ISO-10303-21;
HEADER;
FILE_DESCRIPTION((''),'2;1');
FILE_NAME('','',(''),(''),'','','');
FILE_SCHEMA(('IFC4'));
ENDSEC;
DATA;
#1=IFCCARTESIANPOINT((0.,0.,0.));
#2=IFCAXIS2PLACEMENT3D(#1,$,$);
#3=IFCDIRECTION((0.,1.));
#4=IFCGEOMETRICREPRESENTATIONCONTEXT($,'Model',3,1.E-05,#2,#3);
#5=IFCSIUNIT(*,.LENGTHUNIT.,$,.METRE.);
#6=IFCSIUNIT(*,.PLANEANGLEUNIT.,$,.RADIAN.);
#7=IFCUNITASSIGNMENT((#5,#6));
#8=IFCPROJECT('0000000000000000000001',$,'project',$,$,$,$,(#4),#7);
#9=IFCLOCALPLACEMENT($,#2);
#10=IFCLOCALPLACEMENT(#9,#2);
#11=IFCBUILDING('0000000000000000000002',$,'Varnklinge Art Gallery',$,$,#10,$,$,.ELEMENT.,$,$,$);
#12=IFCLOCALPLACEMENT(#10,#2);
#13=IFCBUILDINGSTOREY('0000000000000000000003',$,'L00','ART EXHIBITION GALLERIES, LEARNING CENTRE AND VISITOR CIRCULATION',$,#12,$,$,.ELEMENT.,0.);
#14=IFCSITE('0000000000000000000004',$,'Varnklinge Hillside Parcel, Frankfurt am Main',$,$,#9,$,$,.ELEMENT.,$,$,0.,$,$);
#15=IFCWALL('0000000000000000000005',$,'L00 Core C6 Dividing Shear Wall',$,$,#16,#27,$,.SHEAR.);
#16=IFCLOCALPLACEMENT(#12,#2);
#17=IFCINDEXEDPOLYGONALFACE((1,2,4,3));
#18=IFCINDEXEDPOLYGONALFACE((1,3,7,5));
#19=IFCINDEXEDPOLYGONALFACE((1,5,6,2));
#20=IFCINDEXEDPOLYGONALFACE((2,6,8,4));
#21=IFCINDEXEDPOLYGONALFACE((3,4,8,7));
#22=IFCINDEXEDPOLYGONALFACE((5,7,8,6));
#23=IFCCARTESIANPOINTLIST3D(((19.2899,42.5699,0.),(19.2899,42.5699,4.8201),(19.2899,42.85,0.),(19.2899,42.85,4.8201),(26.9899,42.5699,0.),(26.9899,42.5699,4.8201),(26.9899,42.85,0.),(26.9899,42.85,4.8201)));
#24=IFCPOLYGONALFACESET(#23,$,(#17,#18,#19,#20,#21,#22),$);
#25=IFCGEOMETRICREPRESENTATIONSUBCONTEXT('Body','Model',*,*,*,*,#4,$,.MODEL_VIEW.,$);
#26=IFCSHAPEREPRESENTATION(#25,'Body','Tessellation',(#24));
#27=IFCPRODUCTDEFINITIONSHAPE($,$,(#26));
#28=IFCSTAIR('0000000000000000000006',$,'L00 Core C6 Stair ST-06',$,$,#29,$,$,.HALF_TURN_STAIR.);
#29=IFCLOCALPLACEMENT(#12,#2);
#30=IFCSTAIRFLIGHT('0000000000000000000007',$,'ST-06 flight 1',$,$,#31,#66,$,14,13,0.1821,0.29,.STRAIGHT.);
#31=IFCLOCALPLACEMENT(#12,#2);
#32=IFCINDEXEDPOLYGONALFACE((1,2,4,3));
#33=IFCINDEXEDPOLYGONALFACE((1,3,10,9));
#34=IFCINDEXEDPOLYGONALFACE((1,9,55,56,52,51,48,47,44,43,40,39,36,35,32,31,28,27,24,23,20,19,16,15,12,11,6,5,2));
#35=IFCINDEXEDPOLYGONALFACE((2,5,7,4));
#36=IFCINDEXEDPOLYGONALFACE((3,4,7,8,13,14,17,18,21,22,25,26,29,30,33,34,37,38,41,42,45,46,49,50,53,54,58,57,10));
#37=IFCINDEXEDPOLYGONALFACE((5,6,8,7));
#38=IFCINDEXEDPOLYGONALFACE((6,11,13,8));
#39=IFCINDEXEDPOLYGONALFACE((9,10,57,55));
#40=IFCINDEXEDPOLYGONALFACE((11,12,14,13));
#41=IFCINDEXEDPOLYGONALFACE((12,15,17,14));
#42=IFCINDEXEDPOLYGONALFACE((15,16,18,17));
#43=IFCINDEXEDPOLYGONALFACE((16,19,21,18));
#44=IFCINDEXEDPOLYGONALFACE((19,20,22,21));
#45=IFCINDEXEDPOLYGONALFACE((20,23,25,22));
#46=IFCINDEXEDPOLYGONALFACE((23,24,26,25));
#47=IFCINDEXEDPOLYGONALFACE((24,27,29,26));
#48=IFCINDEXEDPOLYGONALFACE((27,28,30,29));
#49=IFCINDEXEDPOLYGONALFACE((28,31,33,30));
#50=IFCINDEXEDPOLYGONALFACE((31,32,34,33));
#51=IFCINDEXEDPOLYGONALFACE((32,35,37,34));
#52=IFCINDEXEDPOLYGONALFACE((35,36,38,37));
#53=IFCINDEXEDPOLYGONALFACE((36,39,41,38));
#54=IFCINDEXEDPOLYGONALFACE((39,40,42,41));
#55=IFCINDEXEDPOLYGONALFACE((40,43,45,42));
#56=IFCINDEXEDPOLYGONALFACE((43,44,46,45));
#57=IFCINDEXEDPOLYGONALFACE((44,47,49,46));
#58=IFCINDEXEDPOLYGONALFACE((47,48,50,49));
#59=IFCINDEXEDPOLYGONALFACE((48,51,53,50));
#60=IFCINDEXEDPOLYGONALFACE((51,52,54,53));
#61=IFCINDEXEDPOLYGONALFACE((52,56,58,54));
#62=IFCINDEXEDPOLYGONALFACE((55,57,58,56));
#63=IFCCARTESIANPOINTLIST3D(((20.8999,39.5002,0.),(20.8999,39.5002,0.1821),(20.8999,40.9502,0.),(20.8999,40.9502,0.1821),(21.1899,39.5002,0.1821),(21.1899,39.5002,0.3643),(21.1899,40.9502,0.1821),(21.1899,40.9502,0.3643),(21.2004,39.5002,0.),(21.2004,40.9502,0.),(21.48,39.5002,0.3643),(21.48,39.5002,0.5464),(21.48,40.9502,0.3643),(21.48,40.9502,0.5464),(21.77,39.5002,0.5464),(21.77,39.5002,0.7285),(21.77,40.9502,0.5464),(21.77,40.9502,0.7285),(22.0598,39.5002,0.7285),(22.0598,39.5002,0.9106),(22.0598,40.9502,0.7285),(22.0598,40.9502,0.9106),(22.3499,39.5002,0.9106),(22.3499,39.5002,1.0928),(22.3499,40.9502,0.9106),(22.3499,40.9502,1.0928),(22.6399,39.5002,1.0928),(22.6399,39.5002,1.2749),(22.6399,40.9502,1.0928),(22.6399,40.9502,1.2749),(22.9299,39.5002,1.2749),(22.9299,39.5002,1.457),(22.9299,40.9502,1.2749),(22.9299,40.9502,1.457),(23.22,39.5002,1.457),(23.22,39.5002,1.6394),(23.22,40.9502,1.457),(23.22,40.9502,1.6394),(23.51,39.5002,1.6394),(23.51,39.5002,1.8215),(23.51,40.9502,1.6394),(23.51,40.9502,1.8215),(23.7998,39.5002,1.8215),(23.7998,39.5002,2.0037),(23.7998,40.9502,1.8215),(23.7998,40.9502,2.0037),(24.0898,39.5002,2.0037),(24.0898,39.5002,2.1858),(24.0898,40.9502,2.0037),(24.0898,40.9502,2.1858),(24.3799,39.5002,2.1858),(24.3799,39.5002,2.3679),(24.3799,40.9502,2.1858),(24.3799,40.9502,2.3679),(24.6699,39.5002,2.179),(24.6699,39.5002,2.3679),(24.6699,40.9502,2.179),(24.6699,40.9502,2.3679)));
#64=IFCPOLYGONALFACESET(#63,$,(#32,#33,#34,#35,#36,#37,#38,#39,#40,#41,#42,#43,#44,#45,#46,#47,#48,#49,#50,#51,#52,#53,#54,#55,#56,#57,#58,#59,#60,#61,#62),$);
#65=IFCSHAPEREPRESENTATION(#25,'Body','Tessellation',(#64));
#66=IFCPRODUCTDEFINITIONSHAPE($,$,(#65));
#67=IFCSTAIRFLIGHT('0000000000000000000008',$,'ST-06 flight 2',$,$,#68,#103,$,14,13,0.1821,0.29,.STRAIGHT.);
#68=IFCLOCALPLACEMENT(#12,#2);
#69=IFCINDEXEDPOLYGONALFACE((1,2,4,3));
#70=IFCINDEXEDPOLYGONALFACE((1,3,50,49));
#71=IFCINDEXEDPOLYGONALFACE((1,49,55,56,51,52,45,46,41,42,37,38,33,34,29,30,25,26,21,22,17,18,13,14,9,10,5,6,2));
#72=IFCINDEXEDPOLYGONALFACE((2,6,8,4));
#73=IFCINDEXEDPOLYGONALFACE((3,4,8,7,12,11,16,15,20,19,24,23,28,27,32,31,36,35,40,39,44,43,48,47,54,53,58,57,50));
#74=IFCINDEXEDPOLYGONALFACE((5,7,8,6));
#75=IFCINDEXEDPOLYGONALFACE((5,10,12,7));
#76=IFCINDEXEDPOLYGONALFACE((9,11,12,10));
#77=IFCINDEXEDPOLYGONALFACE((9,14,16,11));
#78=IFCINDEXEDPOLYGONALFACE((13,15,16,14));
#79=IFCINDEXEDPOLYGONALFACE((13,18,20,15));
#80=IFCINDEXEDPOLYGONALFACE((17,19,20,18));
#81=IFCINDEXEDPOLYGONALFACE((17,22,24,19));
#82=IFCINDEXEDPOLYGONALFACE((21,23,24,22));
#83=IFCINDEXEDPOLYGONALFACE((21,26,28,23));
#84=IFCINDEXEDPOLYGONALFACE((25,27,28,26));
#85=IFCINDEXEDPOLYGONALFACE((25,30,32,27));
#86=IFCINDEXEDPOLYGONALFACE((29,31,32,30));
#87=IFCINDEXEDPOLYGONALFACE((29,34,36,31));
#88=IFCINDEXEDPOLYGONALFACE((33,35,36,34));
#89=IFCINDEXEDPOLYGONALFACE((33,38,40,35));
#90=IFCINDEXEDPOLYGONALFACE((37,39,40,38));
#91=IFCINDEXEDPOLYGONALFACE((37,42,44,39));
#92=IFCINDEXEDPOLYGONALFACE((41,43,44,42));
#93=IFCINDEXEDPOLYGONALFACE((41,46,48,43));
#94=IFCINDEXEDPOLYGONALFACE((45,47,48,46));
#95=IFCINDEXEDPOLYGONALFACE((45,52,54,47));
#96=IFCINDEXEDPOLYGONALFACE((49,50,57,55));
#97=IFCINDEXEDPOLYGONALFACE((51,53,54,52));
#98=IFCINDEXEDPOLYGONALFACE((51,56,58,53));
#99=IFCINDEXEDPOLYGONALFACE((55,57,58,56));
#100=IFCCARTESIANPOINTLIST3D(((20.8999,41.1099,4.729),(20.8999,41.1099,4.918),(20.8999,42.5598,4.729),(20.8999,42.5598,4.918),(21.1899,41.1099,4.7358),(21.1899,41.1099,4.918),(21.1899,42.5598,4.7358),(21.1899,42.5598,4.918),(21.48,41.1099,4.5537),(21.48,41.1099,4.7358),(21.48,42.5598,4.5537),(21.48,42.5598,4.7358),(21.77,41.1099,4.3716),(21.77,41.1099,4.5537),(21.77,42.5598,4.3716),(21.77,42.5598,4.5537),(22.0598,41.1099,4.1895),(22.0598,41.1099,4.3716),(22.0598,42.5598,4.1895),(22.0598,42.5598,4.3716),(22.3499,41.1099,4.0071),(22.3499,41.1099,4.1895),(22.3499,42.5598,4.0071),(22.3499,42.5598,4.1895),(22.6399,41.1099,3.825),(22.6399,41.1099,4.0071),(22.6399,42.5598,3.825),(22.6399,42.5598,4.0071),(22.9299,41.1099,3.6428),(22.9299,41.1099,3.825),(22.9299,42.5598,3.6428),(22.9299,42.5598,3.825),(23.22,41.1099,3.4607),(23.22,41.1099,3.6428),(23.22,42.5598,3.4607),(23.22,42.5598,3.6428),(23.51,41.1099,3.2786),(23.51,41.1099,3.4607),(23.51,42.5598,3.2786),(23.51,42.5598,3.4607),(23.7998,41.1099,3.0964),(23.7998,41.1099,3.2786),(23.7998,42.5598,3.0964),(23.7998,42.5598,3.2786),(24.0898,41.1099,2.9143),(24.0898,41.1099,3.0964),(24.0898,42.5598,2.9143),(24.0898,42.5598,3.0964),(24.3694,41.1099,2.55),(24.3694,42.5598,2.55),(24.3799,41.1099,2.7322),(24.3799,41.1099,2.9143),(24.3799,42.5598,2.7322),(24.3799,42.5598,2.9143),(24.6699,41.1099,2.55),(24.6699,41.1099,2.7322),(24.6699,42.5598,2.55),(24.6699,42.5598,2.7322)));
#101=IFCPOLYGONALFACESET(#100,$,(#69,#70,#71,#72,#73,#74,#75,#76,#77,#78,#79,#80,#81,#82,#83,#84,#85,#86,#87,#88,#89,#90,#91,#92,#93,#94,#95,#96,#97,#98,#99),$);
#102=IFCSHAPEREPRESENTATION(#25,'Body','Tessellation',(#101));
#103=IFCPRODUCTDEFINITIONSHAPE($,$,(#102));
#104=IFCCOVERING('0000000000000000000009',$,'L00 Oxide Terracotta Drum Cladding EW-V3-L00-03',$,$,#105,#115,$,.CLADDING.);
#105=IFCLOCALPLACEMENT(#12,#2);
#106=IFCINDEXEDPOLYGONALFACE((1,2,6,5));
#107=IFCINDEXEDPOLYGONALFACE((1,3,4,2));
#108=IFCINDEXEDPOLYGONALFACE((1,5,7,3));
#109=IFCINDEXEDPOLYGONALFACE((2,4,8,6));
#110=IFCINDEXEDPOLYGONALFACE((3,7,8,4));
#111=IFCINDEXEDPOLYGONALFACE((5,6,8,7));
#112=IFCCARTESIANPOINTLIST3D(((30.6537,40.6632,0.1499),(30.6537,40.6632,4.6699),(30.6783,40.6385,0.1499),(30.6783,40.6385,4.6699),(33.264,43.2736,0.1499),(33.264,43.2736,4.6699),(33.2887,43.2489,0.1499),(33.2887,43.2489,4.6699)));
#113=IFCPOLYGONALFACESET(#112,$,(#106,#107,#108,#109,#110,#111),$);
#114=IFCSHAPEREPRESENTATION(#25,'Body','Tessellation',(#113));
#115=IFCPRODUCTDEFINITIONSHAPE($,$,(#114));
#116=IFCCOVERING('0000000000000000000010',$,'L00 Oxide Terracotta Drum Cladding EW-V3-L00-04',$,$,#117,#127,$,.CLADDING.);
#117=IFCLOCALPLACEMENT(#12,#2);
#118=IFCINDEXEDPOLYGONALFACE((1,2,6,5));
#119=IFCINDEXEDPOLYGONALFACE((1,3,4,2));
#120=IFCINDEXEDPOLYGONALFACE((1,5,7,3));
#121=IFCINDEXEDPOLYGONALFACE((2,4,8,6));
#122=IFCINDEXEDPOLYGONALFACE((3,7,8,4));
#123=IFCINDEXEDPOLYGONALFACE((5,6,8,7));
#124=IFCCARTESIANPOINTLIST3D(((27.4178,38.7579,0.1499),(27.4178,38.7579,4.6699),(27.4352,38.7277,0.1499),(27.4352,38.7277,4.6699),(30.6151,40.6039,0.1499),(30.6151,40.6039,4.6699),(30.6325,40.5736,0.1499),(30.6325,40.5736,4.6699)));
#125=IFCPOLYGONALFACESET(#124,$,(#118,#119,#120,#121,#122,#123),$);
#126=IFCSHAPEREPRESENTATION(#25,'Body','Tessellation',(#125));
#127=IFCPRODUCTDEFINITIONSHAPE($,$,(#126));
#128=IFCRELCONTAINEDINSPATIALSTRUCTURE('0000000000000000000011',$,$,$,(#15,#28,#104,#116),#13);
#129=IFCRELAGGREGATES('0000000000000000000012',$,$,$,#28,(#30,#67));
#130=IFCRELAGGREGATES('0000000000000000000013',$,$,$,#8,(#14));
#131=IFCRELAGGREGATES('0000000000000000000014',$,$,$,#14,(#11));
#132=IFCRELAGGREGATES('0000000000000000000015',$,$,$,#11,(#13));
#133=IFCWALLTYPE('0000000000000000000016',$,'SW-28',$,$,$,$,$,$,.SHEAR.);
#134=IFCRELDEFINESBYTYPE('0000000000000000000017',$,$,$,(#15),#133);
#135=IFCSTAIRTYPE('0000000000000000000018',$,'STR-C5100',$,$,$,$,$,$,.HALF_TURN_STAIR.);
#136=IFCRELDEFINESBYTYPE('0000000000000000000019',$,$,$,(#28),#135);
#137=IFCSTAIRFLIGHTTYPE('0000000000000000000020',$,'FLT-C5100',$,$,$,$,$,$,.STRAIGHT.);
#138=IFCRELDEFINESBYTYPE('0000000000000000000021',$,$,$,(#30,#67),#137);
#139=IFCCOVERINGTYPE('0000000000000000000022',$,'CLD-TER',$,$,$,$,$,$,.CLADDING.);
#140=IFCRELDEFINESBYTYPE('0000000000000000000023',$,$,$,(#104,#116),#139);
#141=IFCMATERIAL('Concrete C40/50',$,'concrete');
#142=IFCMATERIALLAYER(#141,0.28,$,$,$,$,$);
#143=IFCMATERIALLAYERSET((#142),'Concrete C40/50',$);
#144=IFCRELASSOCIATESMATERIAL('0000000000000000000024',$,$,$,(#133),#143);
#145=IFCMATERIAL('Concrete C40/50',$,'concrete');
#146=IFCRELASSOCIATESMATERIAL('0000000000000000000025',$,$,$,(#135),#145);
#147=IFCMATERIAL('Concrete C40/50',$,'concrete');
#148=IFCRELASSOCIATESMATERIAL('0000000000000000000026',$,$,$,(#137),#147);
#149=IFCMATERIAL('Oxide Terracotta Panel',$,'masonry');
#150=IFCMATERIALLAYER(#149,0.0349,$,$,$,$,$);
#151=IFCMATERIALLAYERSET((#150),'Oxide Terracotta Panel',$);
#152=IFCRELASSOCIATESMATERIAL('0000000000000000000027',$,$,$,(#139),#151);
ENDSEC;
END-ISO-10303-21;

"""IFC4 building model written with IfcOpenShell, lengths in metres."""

from ifc_helpers import new_model, si_unit, direction, frame, frame_2d, origin, origin_2d, place, context, subcontext, project, spatial, polyline, rectangle, outline, extrude, material, layer, layer_set, type_object, element, aggregate, save


model = new_model("IFC4")

# Units and contexts
model_context = context("Model", 3, precision=1e-05, world=origin(), true_north=direction((0.0, 1.0)))
body_context = subcontext(model_context, "Body", "Model", "MODEL_VIEW")
ifc_project = project(units=[si_unit("LENGTHUNIT", "METRE"), si_unit("PLANEANGLEUNIT", "RADIAN")], contexts=[model_context])

# Site, building, storey
site_placement = place(None, origin())
site = spatial("IfcSite", under=ifc_project, at=site_placement, Name="Varnklinge Hillside Parcel, Frankfurt am Main", CompositionType="ELEMENT", RefElevation=0.0)
building_placement = place(site_placement, origin())
building = spatial("IfcBuilding", under=site, at=building_placement, Name="Varnklinge Art Gallery", CompositionType="ELEMENT")
storey_placement = place(building_placement, origin())
storey = spatial("IfcBuildingStorey", under=building, at=storey_placement, Name="L00", Description="ART EXHIBITION GALLERIES, LEARNING CENTRE AND VISITOR CIRCULATION", CompositionType="ELEMENT", Elevation=0.0)

# Wall
ifc_material_1 = material(Name="Concrete C40/50", Category="concrete")
ifc_layer_1 = layer(ifc_material_1, 0.28)
ifc_layer_set_1 = layer_set([ifc_layer_1], Name="Concrete C40/50")
wall_type_1 = type_object("IfcWallType", Name="SW-28", PredefinedType="SHEAR", material=ifc_layer_set_1)
wall_1_placement = place(storey_placement, frame((26.99, 42.71, 0.0), z_axis=(0.0, 0.0, 1.0), x_axis=(-1.0, 0.0, 0.0)))
element("IfcWall", 1, at=wall_1_placement, inside=storey, type_object=wall_type_1, Name="L00 Core C6 Dividing Shear Wall", PredefinedType="SHEAR", context=body_context, shape_type="SweptSolid", body=[
    extrude(rectangle(XDim=7.7, YDim=0.28, at=frame_2d((3.8501, 0.0))), origin(), (0.0, 0.0, 1.0), 4.8201),
])

# Stair, stair flights
ifc_material_2 = material(Name="Concrete C40/50", Category="concrete")
stair_type = type_object("IfcStairType", Name="STR-C5100", PredefinedType="HALF_TURN_STAIR", material=ifc_material_2)
stair_placement = place(storey_placement, origin())
stair = element("IfcStair", 2, at=stair_placement, inside=storey, type_object=stair_type, Name="L00 Core C6 Stair ST-06", PredefinedType="HALF_TURN_STAIR")
ifc_material_3 = material(Name="Concrete C40/50", Category="concrete")
stair_flight_type = type_object("IfcStairFlightType", Name="FLT-C5100", PredefinedType="STRAIGHT", material=ifc_material_3)
stair_flight_1_placement = place(storey_placement, frame((20.8999, 40.2251, 0.0), z_axis=(0.0, 0.0, 1.0), x_axis=(1.0, 0.0, 0.0)))
stair_flight_1 = element("IfcStairFlight", 3, at=stair_flight_1_placement, type_object=stair_flight_type, Name="ST-06 flight 1", NumberOfRisers=14, NumberOfTreads=13, PredefinedType="STRAIGHT", RiserHeight=0.1821, TreadLength=0.29, context=body_context, shape_type="SweptSolid", body=[
    extrude(outline(polyline([(0.0, 0.0), (0.0, 0.1821), (0.29, 0.1821), (0.29, 0.3643), (0.5801, 0.3643), (0.5801, 0.5464), (0.8701, 0.5464), (0.8701, 0.7285), (1.1599, 0.7285), (1.1599, 0.9106), (1.45, 0.9106), (1.45, 1.0928), (1.74, 1.0928), (1.74, 1.2749), (2.03, 1.2749), (2.03, 1.457), (2.3201, 1.457), (2.3201, 1.6394), (2.6101, 1.6394), (2.6101, 1.8215), (2.8999, 1.8215), (2.8999, 2.0037), (3.1899, 2.0037), (3.1899, 2.1858), (3.48, 2.1858), (3.48, 2.3679), (3.77, 2.3679), (3.77, 2.55), (3.77, 2.179), (0.3005, 0.0), (0.0, 0.0)])), frame((0.0, 0.7251, 0.0), z_axis=(0.0, -1.0, 0.0), x_axis=(1.0, 0.0, 0.0)), (0.0, 0.0, 1.0), 1.45),
])
stair_flight_2_placement = place(storey_placement, frame((24.6699, 41.835, 2.55), z_axis=(0.0, 0.0, 1.0), x_axis=(-1.0, 0.0, 0.0)))
stair_flight_2 = element("IfcStairFlight", 4, at=stair_flight_2_placement, type_object=stair_flight_type, Name="ST-06 flight 2", NumberOfRisers=14, NumberOfTreads=13, PredefinedType="STRAIGHT", RiserHeight=0.1821, TreadLength=0.29, context=body_context, shape_type="SweptSolid", body=[
    extrude(outline(polyline([(0.0, 0.0), (0.0, 0.1821), (0.29, 0.1821), (0.29, 0.3643), (0.5801, 0.3643), (0.5801, 0.5464), (0.8701, 0.5464), (0.8701, 0.7285), (1.1599, 0.7285), (1.1599, 0.9106), (1.45, 0.9106), (1.45, 1.0928), (1.74, 1.0928), (1.74, 1.2749), (2.03, 1.2749), (2.03, 1.457), (2.3201, 1.457), (2.3201, 1.6394), (2.6101, 1.6394), (2.6101, 1.8215), (2.8999, 1.8215), (2.8999, 2.0037), (3.1899, 2.0037), (3.1899, 2.1858), (3.48, 2.1858), (3.48, 2.3679), (3.77, 2.3679), (3.77, 2.55), (3.77, 2.179), (0.3005, 0.0), (0.0, 0.0)])), frame((0.0, 0.7251, 0.0), z_axis=(0.0, -1.0, 0.0), x_axis=(1.0, 0.0, 0.0)), (0.0, 0.0, 1.0), 1.45),
])
aggregate(stair, [stair_flight_1, stair_flight_2])

# Coverings
ifc_material_4 = material(Name="Oxide Terracotta Panel", Category="masonry")
ifc_layer_2 = layer(ifc_material_4, 0.0349)
ifc_layer_set_2 = layer_set([ifc_layer_2], Name="Oxide Terracotta Panel")
covering_type = type_object("IfcCoveringType", Name="CLD-TER", PredefinedType="CLADDING", material=ifc_layer_set_2)
covering_1_placement = place(storey_placement, frame((31.9712, 41.9561, 0.1499), z_axis=(0.0, 0.0, 1.0), x_axis=(-0.707107, -0.707107, 0.0)))
element("IfcCovering", 5, at=covering_1_placement, inside=storey, type_object=covering_type, Name="L00 Oxide Terracotta Drum Cladding EW-V3-L00-03", PredefinedType="CLADDING", context=body_context, shape_type="SweptSolid", body=[
    extrude(rectangle(XDim=3.6917, YDim=0.0349, at=origin_2d()), origin(), (0.0, 0.0, 1.0), 4.52),
])
covering_2_placement = place(storey_placement, frame((29.0251, 39.6658, 0.1499), z_axis=(0.0, 0.0, 1.0), x_axis=(-0.866025, -0.5, 0.0)))
element("IfcCovering", 6, at=covering_2_placement, inside=storey, type_object=covering_type, Name="L00 Oxide Terracotta Drum Cladding EW-V3-L00-04", PredefinedType="CLADDING", context=body_context, shape_type="SweptSolid", body=[
    extrude(rectangle(XDim=3.6919, YDim=0.0349, at=origin_2d()), origin(), (0.0, 0.0, 1.0), 4.52),
])

save(model, "model.ifc")
